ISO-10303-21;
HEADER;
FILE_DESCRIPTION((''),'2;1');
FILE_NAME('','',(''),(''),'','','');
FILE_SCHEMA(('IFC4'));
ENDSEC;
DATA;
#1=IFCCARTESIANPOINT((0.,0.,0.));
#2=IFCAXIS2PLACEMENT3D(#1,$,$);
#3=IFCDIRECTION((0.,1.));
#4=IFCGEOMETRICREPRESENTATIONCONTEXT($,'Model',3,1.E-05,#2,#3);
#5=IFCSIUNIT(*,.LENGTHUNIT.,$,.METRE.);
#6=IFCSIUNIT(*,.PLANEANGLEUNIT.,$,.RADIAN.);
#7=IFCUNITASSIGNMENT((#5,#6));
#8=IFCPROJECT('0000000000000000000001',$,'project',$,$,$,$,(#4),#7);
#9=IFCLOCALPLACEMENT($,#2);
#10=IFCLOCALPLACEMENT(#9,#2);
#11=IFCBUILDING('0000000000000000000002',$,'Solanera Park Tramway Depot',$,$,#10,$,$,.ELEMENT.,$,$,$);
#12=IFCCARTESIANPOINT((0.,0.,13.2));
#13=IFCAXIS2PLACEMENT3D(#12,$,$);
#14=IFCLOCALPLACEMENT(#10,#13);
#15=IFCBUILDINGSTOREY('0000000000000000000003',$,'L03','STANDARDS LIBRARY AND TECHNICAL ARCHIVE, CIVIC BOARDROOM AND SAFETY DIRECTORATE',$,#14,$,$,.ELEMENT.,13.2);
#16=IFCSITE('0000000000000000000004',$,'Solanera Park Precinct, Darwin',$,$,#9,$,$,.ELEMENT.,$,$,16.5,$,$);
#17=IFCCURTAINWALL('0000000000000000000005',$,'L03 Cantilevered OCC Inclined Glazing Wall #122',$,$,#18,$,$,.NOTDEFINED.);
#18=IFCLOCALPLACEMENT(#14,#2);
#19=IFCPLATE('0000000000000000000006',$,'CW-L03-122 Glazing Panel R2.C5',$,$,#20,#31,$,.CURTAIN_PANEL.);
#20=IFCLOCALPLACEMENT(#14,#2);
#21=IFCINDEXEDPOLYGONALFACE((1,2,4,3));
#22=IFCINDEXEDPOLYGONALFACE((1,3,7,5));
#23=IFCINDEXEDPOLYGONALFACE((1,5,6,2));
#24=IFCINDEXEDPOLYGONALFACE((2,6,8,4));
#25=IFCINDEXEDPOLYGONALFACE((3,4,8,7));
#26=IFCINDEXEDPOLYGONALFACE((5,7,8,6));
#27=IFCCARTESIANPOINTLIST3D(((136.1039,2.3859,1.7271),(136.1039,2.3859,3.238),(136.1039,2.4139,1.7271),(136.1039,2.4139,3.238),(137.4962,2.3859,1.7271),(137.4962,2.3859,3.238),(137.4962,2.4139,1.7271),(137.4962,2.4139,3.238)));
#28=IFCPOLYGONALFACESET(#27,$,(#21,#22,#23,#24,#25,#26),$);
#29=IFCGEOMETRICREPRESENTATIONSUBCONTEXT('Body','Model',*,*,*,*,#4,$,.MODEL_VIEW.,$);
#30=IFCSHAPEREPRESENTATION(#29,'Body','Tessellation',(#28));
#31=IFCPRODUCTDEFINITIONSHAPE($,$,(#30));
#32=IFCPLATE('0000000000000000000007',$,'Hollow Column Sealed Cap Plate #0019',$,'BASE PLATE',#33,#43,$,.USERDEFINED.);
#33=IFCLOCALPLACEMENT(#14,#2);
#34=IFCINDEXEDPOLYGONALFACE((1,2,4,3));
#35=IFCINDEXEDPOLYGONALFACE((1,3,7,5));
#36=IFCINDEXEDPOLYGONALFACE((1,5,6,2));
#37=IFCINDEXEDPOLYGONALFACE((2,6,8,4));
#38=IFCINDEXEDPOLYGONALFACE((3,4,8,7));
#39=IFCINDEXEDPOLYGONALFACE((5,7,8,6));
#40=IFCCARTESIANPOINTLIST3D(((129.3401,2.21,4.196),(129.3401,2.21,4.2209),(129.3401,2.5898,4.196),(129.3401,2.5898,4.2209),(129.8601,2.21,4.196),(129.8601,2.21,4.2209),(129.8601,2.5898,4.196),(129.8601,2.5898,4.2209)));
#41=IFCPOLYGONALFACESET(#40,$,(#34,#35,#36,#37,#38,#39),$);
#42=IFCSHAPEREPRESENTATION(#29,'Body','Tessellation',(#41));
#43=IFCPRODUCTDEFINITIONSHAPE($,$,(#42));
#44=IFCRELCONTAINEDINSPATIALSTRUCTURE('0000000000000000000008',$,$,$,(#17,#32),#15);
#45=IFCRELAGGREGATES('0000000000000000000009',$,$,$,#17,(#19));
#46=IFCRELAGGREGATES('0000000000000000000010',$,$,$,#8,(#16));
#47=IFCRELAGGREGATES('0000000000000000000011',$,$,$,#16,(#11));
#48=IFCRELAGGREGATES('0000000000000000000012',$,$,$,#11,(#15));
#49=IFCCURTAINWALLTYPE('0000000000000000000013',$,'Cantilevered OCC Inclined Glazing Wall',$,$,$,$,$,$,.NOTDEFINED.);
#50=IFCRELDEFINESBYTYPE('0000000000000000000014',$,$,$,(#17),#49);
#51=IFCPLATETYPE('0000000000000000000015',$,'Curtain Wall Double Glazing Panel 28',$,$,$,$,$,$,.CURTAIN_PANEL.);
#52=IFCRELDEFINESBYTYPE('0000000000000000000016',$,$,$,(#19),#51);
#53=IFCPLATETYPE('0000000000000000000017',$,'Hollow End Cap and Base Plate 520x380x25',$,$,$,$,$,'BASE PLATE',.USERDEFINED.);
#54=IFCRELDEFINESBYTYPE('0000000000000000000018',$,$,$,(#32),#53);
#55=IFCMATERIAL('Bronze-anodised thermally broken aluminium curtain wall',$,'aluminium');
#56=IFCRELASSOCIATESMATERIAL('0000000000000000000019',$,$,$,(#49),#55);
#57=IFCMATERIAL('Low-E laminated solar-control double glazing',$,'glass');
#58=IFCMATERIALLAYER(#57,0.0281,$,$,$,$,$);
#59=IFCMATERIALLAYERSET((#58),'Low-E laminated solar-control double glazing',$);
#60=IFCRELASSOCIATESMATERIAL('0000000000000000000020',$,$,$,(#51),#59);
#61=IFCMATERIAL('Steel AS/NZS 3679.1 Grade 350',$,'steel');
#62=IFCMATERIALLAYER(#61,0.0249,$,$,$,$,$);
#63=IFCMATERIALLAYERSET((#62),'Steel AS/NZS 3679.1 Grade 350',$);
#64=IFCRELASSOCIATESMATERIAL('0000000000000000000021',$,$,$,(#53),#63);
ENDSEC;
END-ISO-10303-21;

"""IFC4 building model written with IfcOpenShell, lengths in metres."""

from ifc_helpers import new_model, si_unit, direction, frame, origin, origin_2d, place, context, subcontext, project, spatial, rectangle, extrude, material, layer, layer_set, type_object, element, aggregate, save


model = new_model("IFC4")

# Units and contexts
model_context = context("Model", 3, precision=1e-05, world=origin(), true_north=direction((0.0, 1.0)))
body_context = subcontext(model_context, "Body", "Model", "MODEL_VIEW")
ifc_project = project(units=[si_unit("LENGTHUNIT", "METRE"), si_unit("PLANEANGLEUNIT", "RADIAN")], contexts=[model_context])

# Site, building, storey
site_placement = place(None, origin())
site = spatial("IfcSite", under=ifc_project, at=site_placement, Name="Solanera Park Precinct, Darwin", CompositionType="ELEMENT", RefElevation=16.5)
building_placement = place(site_placement, origin())
building = spatial("IfcBuilding", under=site, at=building_placement, Name="Solanera Park Tramway Depot", CompositionType="ELEMENT")
storey_placement = place(building_placement, frame((0.0, 0.0, 13.2)))
storey = spatial("IfcBuildingStorey", under=building, at=storey_placement, Name="L03", Description="STANDARDS LIBRARY AND TECHNICAL ARCHIVE, CIVIC BOARDROOM AND SAFETY DIRECTORATE", CompositionType="ELEMENT", Elevation=13.2)

# Shared definitions
ifc_material_1 = material(Name="Bronze-anodised thermally broken aluminium curtain wall", Category="aluminium")
curtain_wall_type = type_object("IfcCurtainWallType", Name="Cantilevered OCC Inclined Glazing Wall", PredefinedType="NOTDEFINED", material=ifc_material_1)

# Curtain wall
curtain_wall_1_placement = place(storey_placement, origin())
curtain_wall_1 = element("IfcCurtainWall", 1, at=curtain_wall_1_placement, inside=storey, type_object=curtain_wall_type, Name="L03 Cantilevered OCC Inclined Glazing Wall #122", PredefinedType="NOTDEFINED")

# Plates
ifc_material_2 = material(Name="Low-E laminated solar-control double glazing", Category="glass")
ifc_layer_1 = layer(ifc_material_2, 0.0281)
ifc_layer_set_1 = layer_set([ifc_layer_1], Name="Low-E laminated solar-control double glazing")
plate_type_1 = type_object("IfcPlateType", Name="Curtain Wall Double Glazing Panel 28", PredefinedType="CURTAIN_PANEL", material=ifc_layer_set_1)
plate_1_placement = place(storey_placement, frame((136.8, 2.3999, 1.7271), z_axis=(0.0, 0.0, 1.0), x_axis=(1.0, 0.0, 0.0)))
plate_1 = element("IfcPlate", 2, at=plate_1_placement, type_object=plate_type_1, Name="CW-L03-122 Glazing Panel R2.C5", PredefinedType="CURTAIN_PANEL", context=body_context, shape_type="SweptSolid", body=[
    extrude(rectangle(XDim=1.3923, YDim=0.0281, at=origin_2d()), origin(), (0.0, 0.0, 1.0), 1.511),
])
aggregate(curtain_wall_1, [plate_1])
ifc_material_3 = material(Name="Steel AS/NZS 3679.1 Grade 350", Category="steel")
ifc_layer_2 = layer(ifc_material_3, 0.0249)
ifc_layer_set_2 = layer_set([ifc_layer_2], Name="Steel AS/NZS 3679.1 Grade 350")
plate_type_2 = type_object("IfcPlateType", Name="Hollow End Cap and Base Plate 520x380x25", ElementType="BASE PLATE", PredefinedType="USERDEFINED", material=ifc_layer_set_2)
plate_2_placement = place(storey_placement, frame((129.6001, 2.3999, 4.196), z_axis=(0.0, 0.0, 1.0), x_axis=(1.0, 0.0, 0.0)))
element("IfcPlate", 3, at=plate_2_placement, inside=storey, type_object=plate_type_2, Name="Hollow Column Sealed Cap Plate #0019", ObjectType="BASE PLATE", PredefinedType="USERDEFINED", context=body_context, shape_type="SweptSolid", body=[
    extrude(rectangle(XDim=0.52, YDim=0.3799, at=origin_2d()), origin(), (0.0, 0.0, 1.0), 0.0249),
])

save(model, "model.ifc")
